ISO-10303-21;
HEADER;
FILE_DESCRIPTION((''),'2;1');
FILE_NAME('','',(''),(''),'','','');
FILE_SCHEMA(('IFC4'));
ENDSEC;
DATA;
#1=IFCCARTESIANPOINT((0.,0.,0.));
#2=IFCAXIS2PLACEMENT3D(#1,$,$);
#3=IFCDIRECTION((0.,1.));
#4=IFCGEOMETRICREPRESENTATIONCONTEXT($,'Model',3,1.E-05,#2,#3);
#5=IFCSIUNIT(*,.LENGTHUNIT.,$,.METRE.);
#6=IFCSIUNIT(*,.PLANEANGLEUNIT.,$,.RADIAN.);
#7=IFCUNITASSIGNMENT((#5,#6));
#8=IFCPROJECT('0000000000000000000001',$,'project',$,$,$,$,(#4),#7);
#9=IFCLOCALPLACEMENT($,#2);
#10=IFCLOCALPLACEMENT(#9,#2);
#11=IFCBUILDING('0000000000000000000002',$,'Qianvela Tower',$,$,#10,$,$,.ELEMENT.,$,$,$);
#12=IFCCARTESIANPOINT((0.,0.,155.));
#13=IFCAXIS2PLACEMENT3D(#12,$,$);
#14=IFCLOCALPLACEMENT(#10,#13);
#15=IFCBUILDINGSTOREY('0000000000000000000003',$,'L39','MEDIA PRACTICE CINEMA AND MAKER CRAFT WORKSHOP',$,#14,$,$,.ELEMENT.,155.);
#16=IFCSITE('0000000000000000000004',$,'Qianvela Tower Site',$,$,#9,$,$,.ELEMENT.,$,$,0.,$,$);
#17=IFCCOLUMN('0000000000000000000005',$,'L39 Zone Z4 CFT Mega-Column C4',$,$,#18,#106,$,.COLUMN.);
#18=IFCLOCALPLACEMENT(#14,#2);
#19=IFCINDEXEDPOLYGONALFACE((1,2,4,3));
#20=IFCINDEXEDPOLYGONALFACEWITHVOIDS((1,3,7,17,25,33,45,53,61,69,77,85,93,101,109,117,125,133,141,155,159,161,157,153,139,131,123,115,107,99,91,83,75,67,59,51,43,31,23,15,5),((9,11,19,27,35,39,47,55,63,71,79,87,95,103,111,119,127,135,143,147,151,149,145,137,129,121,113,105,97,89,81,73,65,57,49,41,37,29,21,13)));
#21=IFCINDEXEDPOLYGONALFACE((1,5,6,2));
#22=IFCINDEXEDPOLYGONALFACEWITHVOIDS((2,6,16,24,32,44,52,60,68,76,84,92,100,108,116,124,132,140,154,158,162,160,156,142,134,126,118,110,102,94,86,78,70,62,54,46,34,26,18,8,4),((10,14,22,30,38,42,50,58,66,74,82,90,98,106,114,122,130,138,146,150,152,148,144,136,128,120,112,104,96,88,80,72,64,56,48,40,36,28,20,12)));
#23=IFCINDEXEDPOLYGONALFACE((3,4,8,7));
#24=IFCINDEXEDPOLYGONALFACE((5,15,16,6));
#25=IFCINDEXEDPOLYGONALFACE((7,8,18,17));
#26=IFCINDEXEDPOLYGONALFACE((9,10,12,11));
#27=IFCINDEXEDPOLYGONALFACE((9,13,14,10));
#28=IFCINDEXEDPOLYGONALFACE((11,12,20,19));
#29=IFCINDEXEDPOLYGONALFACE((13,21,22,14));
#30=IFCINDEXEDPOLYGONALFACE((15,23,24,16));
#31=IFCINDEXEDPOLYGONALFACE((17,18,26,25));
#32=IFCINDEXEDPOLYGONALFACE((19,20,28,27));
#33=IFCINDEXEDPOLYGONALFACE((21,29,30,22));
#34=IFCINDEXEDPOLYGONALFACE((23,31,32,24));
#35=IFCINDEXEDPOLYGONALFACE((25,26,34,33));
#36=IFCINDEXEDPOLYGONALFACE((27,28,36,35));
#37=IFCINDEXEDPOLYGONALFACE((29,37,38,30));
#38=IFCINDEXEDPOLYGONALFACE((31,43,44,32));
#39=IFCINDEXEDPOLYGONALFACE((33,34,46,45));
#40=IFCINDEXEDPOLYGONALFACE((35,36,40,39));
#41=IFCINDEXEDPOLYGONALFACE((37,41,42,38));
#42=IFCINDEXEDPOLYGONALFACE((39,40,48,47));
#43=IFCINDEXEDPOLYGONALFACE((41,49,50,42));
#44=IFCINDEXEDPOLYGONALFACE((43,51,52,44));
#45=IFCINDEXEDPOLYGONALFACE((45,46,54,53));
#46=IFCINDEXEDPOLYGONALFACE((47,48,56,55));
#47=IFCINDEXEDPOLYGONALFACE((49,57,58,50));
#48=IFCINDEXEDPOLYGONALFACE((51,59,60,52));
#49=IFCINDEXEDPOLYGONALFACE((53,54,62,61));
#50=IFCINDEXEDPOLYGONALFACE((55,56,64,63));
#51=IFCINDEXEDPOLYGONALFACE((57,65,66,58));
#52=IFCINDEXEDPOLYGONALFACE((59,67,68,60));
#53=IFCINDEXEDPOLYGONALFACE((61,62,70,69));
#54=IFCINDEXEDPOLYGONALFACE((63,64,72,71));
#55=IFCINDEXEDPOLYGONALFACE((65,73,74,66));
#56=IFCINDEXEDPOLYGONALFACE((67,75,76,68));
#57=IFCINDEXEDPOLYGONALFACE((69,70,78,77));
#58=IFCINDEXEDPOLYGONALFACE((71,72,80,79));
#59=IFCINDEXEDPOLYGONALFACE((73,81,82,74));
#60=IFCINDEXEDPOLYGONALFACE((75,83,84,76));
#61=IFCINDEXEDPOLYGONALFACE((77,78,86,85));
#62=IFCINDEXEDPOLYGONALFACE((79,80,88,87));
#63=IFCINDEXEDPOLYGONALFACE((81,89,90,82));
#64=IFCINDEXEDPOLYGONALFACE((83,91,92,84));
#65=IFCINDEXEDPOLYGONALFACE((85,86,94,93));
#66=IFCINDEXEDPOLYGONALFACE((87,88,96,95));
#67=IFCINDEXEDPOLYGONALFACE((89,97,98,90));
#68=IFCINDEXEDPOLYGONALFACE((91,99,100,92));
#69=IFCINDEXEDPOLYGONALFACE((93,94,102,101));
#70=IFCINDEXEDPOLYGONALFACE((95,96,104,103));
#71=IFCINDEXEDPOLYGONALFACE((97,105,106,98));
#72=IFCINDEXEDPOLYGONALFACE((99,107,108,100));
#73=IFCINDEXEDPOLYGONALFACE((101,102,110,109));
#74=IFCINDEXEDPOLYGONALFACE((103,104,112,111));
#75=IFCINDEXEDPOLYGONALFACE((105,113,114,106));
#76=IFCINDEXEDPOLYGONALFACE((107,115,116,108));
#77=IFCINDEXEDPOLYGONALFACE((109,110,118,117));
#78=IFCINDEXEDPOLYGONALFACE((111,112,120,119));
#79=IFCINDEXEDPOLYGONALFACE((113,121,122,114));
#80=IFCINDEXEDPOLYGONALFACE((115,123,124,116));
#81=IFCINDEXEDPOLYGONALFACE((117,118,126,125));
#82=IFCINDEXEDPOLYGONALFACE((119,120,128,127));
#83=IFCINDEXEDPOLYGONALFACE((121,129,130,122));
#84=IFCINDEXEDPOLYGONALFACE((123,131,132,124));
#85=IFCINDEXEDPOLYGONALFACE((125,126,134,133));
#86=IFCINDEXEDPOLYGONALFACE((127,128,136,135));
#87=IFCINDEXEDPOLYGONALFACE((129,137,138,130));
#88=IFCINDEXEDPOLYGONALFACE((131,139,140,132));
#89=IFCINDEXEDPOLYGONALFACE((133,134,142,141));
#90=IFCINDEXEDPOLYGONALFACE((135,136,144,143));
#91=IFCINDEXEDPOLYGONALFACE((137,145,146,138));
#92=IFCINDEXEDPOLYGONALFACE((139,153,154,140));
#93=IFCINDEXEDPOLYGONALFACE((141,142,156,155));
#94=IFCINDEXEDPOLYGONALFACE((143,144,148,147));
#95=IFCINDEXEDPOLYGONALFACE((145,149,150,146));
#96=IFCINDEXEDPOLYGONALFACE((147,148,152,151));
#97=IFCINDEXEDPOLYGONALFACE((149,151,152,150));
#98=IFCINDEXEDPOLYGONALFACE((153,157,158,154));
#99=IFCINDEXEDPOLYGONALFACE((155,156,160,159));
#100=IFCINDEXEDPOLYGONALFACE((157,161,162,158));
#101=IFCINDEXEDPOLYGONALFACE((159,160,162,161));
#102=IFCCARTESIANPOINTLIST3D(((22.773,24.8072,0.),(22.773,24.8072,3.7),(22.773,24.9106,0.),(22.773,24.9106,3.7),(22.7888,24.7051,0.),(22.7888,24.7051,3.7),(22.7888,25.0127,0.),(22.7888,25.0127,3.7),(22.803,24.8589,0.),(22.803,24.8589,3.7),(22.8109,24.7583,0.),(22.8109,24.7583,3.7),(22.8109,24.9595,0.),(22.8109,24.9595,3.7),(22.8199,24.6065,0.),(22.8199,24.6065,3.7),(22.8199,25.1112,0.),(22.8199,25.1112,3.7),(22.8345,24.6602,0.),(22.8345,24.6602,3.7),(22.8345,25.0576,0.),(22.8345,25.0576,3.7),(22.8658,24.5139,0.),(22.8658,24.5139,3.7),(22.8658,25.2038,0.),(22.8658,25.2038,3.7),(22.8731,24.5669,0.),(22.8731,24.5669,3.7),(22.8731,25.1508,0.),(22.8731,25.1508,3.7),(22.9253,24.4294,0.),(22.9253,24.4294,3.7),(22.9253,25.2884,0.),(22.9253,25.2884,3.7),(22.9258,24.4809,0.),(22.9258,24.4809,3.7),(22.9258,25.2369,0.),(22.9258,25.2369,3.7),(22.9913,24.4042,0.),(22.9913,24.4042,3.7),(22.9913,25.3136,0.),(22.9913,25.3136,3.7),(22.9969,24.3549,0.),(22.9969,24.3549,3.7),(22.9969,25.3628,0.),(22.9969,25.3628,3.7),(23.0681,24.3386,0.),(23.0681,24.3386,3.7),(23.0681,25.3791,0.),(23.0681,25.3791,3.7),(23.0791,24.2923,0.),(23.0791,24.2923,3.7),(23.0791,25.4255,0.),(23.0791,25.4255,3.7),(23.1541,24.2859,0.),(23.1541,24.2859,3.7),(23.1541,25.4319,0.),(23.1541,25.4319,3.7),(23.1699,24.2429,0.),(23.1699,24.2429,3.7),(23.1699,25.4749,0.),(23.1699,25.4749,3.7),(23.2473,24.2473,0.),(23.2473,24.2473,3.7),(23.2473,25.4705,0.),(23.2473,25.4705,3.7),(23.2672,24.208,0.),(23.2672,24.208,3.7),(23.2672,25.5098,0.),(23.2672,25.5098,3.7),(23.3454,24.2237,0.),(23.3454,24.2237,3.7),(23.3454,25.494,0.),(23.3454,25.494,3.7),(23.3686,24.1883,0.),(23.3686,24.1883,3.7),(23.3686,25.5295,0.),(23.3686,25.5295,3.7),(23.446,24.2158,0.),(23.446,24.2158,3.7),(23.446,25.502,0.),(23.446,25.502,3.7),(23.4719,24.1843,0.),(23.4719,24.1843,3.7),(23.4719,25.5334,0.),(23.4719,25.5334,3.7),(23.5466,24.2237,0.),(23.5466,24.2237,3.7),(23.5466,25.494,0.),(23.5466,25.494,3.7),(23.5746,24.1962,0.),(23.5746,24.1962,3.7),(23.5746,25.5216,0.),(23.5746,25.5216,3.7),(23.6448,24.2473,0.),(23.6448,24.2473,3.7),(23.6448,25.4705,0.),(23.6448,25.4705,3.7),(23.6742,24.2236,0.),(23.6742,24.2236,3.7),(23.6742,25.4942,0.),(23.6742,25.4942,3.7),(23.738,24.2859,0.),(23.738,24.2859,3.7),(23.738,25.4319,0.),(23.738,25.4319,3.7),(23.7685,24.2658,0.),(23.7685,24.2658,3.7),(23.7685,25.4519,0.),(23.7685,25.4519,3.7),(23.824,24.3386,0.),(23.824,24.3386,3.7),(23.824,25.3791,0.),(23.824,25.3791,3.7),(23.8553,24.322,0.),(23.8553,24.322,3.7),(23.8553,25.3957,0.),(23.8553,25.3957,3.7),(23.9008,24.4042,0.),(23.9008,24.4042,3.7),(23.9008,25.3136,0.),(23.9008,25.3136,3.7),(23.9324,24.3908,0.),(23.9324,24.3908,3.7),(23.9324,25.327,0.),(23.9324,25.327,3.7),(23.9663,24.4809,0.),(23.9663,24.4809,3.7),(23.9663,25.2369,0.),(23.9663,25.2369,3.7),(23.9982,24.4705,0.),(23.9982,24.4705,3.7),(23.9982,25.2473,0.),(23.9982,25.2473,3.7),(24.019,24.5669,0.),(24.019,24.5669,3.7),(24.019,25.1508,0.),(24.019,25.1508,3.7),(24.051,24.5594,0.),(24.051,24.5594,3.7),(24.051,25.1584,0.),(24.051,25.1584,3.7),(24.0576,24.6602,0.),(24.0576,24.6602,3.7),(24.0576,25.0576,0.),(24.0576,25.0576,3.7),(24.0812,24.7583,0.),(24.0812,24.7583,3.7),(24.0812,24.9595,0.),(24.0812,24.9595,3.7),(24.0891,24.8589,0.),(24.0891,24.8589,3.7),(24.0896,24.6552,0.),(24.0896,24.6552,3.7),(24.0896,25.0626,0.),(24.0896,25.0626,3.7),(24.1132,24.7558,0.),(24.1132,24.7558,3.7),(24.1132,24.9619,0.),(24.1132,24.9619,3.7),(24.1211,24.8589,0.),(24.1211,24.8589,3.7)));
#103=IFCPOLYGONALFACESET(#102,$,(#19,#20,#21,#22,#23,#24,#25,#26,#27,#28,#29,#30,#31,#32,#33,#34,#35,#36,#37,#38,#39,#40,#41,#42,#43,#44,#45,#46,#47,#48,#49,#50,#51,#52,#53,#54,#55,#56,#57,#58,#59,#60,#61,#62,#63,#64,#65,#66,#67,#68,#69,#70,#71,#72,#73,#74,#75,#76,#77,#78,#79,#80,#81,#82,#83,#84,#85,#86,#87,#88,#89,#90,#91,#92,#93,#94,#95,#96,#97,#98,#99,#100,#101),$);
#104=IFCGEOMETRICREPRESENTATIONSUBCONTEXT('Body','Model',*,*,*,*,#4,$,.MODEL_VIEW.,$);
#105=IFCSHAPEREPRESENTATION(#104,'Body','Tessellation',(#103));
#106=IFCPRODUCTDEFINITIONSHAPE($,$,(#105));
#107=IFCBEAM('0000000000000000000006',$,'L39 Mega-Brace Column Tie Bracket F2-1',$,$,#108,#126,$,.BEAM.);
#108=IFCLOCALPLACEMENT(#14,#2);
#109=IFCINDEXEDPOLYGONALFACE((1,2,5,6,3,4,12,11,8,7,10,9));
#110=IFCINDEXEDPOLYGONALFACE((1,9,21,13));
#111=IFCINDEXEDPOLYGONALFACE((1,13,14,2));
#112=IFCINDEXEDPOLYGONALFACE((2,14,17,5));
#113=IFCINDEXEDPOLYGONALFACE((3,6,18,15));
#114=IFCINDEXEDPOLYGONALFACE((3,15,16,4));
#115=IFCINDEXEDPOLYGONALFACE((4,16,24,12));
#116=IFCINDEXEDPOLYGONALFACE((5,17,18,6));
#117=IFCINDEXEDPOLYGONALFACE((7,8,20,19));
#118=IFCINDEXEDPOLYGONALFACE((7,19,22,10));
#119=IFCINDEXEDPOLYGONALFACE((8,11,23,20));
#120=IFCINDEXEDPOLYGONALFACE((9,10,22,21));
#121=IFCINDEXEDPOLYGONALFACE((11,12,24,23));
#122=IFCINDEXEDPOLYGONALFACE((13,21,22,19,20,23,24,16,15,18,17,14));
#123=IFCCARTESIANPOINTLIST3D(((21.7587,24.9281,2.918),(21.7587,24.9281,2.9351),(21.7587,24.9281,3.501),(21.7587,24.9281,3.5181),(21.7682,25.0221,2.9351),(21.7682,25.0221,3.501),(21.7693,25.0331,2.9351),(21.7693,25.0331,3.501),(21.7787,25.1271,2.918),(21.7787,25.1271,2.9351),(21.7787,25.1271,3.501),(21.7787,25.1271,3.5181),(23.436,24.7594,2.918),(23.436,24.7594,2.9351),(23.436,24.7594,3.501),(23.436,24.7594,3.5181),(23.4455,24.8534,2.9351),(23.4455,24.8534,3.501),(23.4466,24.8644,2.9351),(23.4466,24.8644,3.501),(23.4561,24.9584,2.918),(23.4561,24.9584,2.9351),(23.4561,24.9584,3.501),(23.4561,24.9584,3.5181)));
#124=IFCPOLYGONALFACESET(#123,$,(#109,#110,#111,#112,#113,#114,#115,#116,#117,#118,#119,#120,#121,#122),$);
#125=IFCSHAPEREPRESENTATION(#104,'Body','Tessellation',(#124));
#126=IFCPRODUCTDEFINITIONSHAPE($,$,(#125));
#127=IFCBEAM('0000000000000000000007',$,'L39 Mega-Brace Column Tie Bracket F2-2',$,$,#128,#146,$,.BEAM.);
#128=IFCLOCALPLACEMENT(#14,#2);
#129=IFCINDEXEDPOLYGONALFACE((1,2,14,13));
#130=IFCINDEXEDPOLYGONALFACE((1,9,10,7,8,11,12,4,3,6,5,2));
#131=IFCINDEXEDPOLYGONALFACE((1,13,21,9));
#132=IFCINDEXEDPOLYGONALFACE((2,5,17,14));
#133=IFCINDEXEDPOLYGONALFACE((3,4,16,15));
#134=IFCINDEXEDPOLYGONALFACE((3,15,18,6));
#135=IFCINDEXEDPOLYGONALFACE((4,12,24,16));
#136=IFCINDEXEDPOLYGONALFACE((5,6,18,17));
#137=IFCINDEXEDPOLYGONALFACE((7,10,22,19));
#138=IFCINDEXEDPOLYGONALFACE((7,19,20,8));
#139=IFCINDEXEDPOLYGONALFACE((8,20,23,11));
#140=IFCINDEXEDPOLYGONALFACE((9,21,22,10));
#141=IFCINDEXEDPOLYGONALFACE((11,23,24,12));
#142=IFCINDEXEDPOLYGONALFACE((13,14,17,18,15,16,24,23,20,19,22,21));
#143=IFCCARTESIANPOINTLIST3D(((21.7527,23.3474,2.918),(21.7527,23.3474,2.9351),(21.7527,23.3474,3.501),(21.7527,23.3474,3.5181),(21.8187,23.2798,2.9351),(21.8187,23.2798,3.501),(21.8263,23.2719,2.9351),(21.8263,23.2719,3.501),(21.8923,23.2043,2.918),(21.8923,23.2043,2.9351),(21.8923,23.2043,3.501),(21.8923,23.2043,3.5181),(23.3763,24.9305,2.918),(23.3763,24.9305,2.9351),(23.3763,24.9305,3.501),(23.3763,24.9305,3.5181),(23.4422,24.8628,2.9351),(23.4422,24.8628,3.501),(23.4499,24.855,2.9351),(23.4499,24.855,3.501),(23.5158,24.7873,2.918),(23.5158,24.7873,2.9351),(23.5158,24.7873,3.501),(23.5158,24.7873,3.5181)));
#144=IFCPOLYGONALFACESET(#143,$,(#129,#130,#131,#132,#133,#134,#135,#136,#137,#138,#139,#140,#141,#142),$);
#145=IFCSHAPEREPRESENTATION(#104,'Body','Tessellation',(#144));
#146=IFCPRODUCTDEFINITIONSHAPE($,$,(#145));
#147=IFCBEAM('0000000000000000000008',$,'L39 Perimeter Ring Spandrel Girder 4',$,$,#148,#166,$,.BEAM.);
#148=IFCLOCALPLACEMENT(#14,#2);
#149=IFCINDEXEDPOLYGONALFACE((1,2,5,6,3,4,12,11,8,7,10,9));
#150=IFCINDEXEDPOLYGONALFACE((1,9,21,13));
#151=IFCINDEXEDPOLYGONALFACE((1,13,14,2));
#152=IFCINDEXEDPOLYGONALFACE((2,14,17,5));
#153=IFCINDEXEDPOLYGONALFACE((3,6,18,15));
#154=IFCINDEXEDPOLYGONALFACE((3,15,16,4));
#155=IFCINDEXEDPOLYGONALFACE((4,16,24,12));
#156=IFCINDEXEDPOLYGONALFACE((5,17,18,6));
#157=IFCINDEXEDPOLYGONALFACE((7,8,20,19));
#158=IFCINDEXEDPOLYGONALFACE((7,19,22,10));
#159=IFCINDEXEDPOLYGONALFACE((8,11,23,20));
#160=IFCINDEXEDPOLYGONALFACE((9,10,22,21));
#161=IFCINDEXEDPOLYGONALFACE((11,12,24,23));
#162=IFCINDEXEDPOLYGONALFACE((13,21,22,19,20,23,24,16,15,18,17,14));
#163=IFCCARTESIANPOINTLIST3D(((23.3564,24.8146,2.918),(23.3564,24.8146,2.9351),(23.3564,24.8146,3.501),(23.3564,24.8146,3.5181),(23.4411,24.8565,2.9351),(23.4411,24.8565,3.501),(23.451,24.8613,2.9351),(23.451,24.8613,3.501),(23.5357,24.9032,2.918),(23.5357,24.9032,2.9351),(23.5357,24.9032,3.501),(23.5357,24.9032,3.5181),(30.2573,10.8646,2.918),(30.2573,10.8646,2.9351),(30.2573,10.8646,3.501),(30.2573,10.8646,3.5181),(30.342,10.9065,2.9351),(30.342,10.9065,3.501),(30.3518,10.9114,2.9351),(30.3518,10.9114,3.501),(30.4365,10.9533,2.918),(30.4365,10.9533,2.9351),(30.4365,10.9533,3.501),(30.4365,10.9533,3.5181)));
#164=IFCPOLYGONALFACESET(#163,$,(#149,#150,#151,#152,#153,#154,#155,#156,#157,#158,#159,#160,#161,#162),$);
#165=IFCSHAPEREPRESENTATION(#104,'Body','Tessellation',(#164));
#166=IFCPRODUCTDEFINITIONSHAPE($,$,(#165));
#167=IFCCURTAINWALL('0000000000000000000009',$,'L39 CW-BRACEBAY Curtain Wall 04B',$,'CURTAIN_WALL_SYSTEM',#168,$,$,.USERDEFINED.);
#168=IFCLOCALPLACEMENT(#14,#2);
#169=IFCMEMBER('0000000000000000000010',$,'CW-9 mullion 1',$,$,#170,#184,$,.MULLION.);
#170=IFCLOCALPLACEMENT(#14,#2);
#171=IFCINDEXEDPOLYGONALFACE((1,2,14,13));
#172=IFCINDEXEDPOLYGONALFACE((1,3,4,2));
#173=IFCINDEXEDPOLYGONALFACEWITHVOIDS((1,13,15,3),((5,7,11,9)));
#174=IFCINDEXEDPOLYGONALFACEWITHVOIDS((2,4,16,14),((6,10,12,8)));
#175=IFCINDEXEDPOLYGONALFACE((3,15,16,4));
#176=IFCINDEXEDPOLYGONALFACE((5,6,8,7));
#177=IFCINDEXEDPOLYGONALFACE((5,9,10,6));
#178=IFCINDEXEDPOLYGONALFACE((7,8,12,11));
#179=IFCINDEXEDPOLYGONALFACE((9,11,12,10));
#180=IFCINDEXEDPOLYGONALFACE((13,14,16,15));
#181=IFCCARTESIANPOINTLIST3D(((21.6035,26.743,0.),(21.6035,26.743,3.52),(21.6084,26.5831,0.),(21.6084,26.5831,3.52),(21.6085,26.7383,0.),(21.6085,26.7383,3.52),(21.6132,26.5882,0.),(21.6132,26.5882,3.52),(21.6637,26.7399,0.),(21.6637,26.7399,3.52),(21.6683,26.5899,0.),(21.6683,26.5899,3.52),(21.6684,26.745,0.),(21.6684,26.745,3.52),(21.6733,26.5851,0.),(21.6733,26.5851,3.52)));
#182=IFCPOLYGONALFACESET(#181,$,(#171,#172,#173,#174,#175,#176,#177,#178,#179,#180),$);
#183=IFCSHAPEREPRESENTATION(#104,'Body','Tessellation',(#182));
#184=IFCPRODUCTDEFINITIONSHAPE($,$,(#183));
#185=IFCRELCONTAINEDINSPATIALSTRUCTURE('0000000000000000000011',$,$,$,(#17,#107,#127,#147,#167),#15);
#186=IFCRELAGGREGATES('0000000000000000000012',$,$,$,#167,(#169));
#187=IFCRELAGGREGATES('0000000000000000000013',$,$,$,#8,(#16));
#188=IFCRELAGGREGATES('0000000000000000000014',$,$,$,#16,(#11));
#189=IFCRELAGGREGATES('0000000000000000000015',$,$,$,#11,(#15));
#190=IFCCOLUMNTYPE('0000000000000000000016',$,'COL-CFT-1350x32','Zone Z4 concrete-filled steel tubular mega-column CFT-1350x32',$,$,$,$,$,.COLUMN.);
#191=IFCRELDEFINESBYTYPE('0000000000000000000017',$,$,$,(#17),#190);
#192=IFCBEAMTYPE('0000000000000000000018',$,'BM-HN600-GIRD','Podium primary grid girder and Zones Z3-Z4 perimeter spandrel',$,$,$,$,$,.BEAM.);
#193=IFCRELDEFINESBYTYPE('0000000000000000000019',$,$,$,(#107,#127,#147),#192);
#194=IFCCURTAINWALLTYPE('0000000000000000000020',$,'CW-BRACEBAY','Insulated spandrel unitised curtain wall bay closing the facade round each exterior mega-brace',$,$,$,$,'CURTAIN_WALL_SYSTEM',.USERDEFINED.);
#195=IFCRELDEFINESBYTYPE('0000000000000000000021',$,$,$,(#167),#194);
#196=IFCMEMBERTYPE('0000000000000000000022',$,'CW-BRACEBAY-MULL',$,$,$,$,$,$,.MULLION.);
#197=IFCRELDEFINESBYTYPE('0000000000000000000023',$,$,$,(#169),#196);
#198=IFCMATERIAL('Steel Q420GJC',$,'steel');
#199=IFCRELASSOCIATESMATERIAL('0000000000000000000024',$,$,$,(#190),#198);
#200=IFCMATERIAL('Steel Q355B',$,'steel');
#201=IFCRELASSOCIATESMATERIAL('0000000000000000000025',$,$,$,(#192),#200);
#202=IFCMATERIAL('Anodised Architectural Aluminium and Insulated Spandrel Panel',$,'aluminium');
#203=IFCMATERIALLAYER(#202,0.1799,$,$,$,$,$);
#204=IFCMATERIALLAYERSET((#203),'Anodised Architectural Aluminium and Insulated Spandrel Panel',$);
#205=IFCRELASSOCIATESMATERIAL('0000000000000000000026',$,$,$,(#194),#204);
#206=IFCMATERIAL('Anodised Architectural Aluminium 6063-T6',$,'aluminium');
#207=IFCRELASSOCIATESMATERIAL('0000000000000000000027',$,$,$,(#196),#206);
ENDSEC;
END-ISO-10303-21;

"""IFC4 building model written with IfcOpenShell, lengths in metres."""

from ifc_helpers import new_model, si_unit, direction, frame, origin, origin_2d, place, context, subcontext, project, spatial, hollow_rectangle, hollow_circle, i_section, extrude, material, layer, layer_set, material_profile, profile_set, type_object, element, aggregate, save


model = new_model("IFC4")

# Units and contexts
model_context = context("Model", 3, precision=1e-05, world=origin(), true_north=direction((0.0, 1.0)))
body_context = subcontext(model_context, "Body", "Model", "MODEL_VIEW")
ifc_project = project(units=[si_unit("LENGTHUNIT", "METRE"), si_unit("PLANEANGLEUNIT", "RADIAN")], contexts=[model_context])

# Site, building, storey
site_placement = place(None, origin())
site = spatial("IfcSite", under=ifc_project, at=site_placement, Name="Qianvela Tower Site", CompositionType="ELEMENT", RefElevation=0.0)
building_placement = place(site_placement, origin())
building = spatial("IfcBuilding", under=site, at=building_placement, Name="Qianvela Tower", CompositionType="ELEMENT")
storey_placement = place(building_placement, frame((0.0, 0.0, 155.0)))
storey = spatial("IfcBuildingStorey", under=building, at=storey_placement, Name="L39", Description="MEDIA PRACTICE CINEMA AND MAKER CRAFT WORKSHOP", CompositionType="ELEMENT", Elevation=155.0)

# Column
ifc_material_1 = material(Name="Steel Q420GJC", Category="steel")
ifc_material_profile_1 = material_profile(ifc_material_1, hollow_circle(Radius=0.675, WallThickness=0.032, at=origin_2d()), Name="CFT-1350x32")
ifc_profile_set_1 = profile_set([ifc_material_profile_1], Name="Steel Q420GJC")
column_type = type_object("IfcColumnType", Name="COL-CFT-1350x32", Description="Zone Z4 concrete-filled steel tubular mega-column CFT-1350x32", PredefinedType="COLUMN", material=ifc_profile_set_1)
column_placement = place(storey_placement, frame((23.446, 24.8589, 0.0), z_axis=(0.0, 0.0, 1.0), x_axis=(1.0, 0.0, 0.0)))
element("IfcColumn", 1, at=column_placement, inside=storey, type_object=column_type, Name="L39 Zone Z4 CFT Mega-Column C4", PredefinedType="COLUMN", context=body_context, shape_type="SweptSolid", body=[
    extrude(hollow_circle(Radius=0.675, WallThickness=0.032, at=origin_2d()), origin(), (0.0, 0.0, 1.0), 3.7),
])

# Beams
ifc_material_2 = material(Name="Steel Q355B", Category="steel")
ifc_material_profile_2 = material_profile(ifc_material_2, i_section(OverallWidth=0.2, OverallDepth=0.6001, WebThickness=0.011, FlangeThickness=0.0171, at=origin_2d()), Name="HN600x200x11x17")
ifc_profile_set_2 = profile_set([ifc_material_profile_2], Name="Steel Q355B")
beam_type = type_object("IfcBeamType", Name="BM-HN600-GIRD", Description="Podium primary grid girder and Zones Z3-Z4 perimeter spandrel", PredefinedType="BEAM", material=ifc_profile_set_2)
beam_1_placement = place(storey_placement, frame((23.446, 24.8589, 3.218), z_axis=(-0.99498, 0.100077, 0.0), x_axis=(-0.100077, -0.99498, 0.0)))
element("IfcBeam", 2, at=beam_1_placement, inside=storey, type_object=beam_type, Name="L39 Mega-Brace Column Tie Bracket F2-1", PredefinedType="BEAM", context=body_context, shape_type="SweptSolid", body=[
    extrude(i_section(OverallWidth=0.2, OverallDepth=0.6001, WebThickness=0.011, FlangeThickness=0.0171, at=origin_2d()), origin(), (0.0, 0.0, 1.0), 1.6858),
])
beam_2_placement = place(storey_placement, frame((23.446, 24.8589, 3.218), z_axis=(-0.715987, -0.698114, 0.0), x_axis=(0.698114, -0.715987, 0.0)))
element("IfcBeam", 3, at=beam_2_placement, inside=storey, type_object=beam_type, Name="L39 Mega-Brace Column Tie Bracket F2-2", PredefinedType="BEAM", context=body_context, shape_type="SweptSolid", body=[
    extrude(i_section(OverallWidth=0.2, OverallDepth=0.6001, WebThickness=0.011, FlangeThickness=0.0171, at=origin_2d()), origin(), (0.0, 0.0, 1.0), 2.2676),
])
beam_3_placement = place(storey_placement, frame((23.446, 24.8589, 3.218), z_axis=(0.443401, -0.896323, 0.0), x_axis=(0.896323, 0.443401, 0.0)))
element("IfcBeam", 4, at=beam_3_placement, inside=storey, type_object=beam_type, Name="L39 Perimeter Ring Spandrel Girder 4", PredefinedType="BEAM", context=body_context, shape_type="SweptSolid", body=[
    extrude(i_section(OverallWidth=0.2, OverallDepth=0.6001, WebThickness=0.011, FlangeThickness=0.0171, at=origin_2d()), origin(), (0.0, 0.0, 1.0), 15.5635),
])

# Curtain wall, member
ifc_material_3 = material(Name="Anodised Architectural Aluminium and Insulated Spandrel Panel", Category="aluminium")
ifc_layer_1 = layer(ifc_material_3, 0.1799)
ifc_layer_set_1 = layer_set([ifc_layer_1], Name="Anodised Architectural Aluminium and Insulated Spandrel Panel")
curtain_wall_type_1 = type_object("IfcCurtainWallType", Name="CW-BRACEBAY", Description="Insulated spandrel unitised curtain wall bay closing the facade round each exterior mega-brace", ElementType="CURTAIN_WALL_SYSTEM", PredefinedType="USERDEFINED", material=ifc_layer_set_1)
curtain_wall_1_placement = place(storey_placement, origin())
curtain_wall_1 = element("IfcCurtainWall", 5, at=curtain_wall_1_placement, inside=storey, type_object=curtain_wall_type_1, Name="L39 CW-BRACEBAY Curtain Wall 04B", ObjectType="CURTAIN_WALL_SYSTEM", PredefinedType="USERDEFINED")
ifc_material_4 = material(Name="Anodised Architectural Aluminium 6063-T6", Category="aluminium")
ifc_material_profile_3 = material_profile(ifc_material_4, hollow_rectangle(XDim=0.0649, YDim=0.1599, WallThickness=0.0049, at=origin_2d()), Name="ALU-MULL-65x160")
ifc_profile_set_3 = profile_set([ifc_material_profile_3], Name="Anodised Architectural Aluminium 6063-T6")
member_type_1 = type_object("IfcMemberType", Name="CW-BRACEBAY-MULL", PredefinedType="MULLION", material=ifc_profile_set_3)
member_1_placement = place(storey_placement, frame((21.6384, 26.6641, 0.0), z_axis=(0.0, 0.0, 1.0), x_axis=(0.999529, 0.030696, 0.0)))
member_1 = element("IfcMember", 6, at=member_1_placement, type_object=member_type_1, Name="CW-9 mullion 1", PredefinedType="MULLION", context=body_context, shape_type="SweptSolid", body=[
    extrude(hollow_rectangle(XDim=0.0649, YDim=0.1599, WallThickness=0.0049, at=origin_2d()), origin(), (0.0, 0.0, 1.0), 3.52),
])
aggregate(curtain_wall_1, [member_1])

save(model, "model.ifc")
